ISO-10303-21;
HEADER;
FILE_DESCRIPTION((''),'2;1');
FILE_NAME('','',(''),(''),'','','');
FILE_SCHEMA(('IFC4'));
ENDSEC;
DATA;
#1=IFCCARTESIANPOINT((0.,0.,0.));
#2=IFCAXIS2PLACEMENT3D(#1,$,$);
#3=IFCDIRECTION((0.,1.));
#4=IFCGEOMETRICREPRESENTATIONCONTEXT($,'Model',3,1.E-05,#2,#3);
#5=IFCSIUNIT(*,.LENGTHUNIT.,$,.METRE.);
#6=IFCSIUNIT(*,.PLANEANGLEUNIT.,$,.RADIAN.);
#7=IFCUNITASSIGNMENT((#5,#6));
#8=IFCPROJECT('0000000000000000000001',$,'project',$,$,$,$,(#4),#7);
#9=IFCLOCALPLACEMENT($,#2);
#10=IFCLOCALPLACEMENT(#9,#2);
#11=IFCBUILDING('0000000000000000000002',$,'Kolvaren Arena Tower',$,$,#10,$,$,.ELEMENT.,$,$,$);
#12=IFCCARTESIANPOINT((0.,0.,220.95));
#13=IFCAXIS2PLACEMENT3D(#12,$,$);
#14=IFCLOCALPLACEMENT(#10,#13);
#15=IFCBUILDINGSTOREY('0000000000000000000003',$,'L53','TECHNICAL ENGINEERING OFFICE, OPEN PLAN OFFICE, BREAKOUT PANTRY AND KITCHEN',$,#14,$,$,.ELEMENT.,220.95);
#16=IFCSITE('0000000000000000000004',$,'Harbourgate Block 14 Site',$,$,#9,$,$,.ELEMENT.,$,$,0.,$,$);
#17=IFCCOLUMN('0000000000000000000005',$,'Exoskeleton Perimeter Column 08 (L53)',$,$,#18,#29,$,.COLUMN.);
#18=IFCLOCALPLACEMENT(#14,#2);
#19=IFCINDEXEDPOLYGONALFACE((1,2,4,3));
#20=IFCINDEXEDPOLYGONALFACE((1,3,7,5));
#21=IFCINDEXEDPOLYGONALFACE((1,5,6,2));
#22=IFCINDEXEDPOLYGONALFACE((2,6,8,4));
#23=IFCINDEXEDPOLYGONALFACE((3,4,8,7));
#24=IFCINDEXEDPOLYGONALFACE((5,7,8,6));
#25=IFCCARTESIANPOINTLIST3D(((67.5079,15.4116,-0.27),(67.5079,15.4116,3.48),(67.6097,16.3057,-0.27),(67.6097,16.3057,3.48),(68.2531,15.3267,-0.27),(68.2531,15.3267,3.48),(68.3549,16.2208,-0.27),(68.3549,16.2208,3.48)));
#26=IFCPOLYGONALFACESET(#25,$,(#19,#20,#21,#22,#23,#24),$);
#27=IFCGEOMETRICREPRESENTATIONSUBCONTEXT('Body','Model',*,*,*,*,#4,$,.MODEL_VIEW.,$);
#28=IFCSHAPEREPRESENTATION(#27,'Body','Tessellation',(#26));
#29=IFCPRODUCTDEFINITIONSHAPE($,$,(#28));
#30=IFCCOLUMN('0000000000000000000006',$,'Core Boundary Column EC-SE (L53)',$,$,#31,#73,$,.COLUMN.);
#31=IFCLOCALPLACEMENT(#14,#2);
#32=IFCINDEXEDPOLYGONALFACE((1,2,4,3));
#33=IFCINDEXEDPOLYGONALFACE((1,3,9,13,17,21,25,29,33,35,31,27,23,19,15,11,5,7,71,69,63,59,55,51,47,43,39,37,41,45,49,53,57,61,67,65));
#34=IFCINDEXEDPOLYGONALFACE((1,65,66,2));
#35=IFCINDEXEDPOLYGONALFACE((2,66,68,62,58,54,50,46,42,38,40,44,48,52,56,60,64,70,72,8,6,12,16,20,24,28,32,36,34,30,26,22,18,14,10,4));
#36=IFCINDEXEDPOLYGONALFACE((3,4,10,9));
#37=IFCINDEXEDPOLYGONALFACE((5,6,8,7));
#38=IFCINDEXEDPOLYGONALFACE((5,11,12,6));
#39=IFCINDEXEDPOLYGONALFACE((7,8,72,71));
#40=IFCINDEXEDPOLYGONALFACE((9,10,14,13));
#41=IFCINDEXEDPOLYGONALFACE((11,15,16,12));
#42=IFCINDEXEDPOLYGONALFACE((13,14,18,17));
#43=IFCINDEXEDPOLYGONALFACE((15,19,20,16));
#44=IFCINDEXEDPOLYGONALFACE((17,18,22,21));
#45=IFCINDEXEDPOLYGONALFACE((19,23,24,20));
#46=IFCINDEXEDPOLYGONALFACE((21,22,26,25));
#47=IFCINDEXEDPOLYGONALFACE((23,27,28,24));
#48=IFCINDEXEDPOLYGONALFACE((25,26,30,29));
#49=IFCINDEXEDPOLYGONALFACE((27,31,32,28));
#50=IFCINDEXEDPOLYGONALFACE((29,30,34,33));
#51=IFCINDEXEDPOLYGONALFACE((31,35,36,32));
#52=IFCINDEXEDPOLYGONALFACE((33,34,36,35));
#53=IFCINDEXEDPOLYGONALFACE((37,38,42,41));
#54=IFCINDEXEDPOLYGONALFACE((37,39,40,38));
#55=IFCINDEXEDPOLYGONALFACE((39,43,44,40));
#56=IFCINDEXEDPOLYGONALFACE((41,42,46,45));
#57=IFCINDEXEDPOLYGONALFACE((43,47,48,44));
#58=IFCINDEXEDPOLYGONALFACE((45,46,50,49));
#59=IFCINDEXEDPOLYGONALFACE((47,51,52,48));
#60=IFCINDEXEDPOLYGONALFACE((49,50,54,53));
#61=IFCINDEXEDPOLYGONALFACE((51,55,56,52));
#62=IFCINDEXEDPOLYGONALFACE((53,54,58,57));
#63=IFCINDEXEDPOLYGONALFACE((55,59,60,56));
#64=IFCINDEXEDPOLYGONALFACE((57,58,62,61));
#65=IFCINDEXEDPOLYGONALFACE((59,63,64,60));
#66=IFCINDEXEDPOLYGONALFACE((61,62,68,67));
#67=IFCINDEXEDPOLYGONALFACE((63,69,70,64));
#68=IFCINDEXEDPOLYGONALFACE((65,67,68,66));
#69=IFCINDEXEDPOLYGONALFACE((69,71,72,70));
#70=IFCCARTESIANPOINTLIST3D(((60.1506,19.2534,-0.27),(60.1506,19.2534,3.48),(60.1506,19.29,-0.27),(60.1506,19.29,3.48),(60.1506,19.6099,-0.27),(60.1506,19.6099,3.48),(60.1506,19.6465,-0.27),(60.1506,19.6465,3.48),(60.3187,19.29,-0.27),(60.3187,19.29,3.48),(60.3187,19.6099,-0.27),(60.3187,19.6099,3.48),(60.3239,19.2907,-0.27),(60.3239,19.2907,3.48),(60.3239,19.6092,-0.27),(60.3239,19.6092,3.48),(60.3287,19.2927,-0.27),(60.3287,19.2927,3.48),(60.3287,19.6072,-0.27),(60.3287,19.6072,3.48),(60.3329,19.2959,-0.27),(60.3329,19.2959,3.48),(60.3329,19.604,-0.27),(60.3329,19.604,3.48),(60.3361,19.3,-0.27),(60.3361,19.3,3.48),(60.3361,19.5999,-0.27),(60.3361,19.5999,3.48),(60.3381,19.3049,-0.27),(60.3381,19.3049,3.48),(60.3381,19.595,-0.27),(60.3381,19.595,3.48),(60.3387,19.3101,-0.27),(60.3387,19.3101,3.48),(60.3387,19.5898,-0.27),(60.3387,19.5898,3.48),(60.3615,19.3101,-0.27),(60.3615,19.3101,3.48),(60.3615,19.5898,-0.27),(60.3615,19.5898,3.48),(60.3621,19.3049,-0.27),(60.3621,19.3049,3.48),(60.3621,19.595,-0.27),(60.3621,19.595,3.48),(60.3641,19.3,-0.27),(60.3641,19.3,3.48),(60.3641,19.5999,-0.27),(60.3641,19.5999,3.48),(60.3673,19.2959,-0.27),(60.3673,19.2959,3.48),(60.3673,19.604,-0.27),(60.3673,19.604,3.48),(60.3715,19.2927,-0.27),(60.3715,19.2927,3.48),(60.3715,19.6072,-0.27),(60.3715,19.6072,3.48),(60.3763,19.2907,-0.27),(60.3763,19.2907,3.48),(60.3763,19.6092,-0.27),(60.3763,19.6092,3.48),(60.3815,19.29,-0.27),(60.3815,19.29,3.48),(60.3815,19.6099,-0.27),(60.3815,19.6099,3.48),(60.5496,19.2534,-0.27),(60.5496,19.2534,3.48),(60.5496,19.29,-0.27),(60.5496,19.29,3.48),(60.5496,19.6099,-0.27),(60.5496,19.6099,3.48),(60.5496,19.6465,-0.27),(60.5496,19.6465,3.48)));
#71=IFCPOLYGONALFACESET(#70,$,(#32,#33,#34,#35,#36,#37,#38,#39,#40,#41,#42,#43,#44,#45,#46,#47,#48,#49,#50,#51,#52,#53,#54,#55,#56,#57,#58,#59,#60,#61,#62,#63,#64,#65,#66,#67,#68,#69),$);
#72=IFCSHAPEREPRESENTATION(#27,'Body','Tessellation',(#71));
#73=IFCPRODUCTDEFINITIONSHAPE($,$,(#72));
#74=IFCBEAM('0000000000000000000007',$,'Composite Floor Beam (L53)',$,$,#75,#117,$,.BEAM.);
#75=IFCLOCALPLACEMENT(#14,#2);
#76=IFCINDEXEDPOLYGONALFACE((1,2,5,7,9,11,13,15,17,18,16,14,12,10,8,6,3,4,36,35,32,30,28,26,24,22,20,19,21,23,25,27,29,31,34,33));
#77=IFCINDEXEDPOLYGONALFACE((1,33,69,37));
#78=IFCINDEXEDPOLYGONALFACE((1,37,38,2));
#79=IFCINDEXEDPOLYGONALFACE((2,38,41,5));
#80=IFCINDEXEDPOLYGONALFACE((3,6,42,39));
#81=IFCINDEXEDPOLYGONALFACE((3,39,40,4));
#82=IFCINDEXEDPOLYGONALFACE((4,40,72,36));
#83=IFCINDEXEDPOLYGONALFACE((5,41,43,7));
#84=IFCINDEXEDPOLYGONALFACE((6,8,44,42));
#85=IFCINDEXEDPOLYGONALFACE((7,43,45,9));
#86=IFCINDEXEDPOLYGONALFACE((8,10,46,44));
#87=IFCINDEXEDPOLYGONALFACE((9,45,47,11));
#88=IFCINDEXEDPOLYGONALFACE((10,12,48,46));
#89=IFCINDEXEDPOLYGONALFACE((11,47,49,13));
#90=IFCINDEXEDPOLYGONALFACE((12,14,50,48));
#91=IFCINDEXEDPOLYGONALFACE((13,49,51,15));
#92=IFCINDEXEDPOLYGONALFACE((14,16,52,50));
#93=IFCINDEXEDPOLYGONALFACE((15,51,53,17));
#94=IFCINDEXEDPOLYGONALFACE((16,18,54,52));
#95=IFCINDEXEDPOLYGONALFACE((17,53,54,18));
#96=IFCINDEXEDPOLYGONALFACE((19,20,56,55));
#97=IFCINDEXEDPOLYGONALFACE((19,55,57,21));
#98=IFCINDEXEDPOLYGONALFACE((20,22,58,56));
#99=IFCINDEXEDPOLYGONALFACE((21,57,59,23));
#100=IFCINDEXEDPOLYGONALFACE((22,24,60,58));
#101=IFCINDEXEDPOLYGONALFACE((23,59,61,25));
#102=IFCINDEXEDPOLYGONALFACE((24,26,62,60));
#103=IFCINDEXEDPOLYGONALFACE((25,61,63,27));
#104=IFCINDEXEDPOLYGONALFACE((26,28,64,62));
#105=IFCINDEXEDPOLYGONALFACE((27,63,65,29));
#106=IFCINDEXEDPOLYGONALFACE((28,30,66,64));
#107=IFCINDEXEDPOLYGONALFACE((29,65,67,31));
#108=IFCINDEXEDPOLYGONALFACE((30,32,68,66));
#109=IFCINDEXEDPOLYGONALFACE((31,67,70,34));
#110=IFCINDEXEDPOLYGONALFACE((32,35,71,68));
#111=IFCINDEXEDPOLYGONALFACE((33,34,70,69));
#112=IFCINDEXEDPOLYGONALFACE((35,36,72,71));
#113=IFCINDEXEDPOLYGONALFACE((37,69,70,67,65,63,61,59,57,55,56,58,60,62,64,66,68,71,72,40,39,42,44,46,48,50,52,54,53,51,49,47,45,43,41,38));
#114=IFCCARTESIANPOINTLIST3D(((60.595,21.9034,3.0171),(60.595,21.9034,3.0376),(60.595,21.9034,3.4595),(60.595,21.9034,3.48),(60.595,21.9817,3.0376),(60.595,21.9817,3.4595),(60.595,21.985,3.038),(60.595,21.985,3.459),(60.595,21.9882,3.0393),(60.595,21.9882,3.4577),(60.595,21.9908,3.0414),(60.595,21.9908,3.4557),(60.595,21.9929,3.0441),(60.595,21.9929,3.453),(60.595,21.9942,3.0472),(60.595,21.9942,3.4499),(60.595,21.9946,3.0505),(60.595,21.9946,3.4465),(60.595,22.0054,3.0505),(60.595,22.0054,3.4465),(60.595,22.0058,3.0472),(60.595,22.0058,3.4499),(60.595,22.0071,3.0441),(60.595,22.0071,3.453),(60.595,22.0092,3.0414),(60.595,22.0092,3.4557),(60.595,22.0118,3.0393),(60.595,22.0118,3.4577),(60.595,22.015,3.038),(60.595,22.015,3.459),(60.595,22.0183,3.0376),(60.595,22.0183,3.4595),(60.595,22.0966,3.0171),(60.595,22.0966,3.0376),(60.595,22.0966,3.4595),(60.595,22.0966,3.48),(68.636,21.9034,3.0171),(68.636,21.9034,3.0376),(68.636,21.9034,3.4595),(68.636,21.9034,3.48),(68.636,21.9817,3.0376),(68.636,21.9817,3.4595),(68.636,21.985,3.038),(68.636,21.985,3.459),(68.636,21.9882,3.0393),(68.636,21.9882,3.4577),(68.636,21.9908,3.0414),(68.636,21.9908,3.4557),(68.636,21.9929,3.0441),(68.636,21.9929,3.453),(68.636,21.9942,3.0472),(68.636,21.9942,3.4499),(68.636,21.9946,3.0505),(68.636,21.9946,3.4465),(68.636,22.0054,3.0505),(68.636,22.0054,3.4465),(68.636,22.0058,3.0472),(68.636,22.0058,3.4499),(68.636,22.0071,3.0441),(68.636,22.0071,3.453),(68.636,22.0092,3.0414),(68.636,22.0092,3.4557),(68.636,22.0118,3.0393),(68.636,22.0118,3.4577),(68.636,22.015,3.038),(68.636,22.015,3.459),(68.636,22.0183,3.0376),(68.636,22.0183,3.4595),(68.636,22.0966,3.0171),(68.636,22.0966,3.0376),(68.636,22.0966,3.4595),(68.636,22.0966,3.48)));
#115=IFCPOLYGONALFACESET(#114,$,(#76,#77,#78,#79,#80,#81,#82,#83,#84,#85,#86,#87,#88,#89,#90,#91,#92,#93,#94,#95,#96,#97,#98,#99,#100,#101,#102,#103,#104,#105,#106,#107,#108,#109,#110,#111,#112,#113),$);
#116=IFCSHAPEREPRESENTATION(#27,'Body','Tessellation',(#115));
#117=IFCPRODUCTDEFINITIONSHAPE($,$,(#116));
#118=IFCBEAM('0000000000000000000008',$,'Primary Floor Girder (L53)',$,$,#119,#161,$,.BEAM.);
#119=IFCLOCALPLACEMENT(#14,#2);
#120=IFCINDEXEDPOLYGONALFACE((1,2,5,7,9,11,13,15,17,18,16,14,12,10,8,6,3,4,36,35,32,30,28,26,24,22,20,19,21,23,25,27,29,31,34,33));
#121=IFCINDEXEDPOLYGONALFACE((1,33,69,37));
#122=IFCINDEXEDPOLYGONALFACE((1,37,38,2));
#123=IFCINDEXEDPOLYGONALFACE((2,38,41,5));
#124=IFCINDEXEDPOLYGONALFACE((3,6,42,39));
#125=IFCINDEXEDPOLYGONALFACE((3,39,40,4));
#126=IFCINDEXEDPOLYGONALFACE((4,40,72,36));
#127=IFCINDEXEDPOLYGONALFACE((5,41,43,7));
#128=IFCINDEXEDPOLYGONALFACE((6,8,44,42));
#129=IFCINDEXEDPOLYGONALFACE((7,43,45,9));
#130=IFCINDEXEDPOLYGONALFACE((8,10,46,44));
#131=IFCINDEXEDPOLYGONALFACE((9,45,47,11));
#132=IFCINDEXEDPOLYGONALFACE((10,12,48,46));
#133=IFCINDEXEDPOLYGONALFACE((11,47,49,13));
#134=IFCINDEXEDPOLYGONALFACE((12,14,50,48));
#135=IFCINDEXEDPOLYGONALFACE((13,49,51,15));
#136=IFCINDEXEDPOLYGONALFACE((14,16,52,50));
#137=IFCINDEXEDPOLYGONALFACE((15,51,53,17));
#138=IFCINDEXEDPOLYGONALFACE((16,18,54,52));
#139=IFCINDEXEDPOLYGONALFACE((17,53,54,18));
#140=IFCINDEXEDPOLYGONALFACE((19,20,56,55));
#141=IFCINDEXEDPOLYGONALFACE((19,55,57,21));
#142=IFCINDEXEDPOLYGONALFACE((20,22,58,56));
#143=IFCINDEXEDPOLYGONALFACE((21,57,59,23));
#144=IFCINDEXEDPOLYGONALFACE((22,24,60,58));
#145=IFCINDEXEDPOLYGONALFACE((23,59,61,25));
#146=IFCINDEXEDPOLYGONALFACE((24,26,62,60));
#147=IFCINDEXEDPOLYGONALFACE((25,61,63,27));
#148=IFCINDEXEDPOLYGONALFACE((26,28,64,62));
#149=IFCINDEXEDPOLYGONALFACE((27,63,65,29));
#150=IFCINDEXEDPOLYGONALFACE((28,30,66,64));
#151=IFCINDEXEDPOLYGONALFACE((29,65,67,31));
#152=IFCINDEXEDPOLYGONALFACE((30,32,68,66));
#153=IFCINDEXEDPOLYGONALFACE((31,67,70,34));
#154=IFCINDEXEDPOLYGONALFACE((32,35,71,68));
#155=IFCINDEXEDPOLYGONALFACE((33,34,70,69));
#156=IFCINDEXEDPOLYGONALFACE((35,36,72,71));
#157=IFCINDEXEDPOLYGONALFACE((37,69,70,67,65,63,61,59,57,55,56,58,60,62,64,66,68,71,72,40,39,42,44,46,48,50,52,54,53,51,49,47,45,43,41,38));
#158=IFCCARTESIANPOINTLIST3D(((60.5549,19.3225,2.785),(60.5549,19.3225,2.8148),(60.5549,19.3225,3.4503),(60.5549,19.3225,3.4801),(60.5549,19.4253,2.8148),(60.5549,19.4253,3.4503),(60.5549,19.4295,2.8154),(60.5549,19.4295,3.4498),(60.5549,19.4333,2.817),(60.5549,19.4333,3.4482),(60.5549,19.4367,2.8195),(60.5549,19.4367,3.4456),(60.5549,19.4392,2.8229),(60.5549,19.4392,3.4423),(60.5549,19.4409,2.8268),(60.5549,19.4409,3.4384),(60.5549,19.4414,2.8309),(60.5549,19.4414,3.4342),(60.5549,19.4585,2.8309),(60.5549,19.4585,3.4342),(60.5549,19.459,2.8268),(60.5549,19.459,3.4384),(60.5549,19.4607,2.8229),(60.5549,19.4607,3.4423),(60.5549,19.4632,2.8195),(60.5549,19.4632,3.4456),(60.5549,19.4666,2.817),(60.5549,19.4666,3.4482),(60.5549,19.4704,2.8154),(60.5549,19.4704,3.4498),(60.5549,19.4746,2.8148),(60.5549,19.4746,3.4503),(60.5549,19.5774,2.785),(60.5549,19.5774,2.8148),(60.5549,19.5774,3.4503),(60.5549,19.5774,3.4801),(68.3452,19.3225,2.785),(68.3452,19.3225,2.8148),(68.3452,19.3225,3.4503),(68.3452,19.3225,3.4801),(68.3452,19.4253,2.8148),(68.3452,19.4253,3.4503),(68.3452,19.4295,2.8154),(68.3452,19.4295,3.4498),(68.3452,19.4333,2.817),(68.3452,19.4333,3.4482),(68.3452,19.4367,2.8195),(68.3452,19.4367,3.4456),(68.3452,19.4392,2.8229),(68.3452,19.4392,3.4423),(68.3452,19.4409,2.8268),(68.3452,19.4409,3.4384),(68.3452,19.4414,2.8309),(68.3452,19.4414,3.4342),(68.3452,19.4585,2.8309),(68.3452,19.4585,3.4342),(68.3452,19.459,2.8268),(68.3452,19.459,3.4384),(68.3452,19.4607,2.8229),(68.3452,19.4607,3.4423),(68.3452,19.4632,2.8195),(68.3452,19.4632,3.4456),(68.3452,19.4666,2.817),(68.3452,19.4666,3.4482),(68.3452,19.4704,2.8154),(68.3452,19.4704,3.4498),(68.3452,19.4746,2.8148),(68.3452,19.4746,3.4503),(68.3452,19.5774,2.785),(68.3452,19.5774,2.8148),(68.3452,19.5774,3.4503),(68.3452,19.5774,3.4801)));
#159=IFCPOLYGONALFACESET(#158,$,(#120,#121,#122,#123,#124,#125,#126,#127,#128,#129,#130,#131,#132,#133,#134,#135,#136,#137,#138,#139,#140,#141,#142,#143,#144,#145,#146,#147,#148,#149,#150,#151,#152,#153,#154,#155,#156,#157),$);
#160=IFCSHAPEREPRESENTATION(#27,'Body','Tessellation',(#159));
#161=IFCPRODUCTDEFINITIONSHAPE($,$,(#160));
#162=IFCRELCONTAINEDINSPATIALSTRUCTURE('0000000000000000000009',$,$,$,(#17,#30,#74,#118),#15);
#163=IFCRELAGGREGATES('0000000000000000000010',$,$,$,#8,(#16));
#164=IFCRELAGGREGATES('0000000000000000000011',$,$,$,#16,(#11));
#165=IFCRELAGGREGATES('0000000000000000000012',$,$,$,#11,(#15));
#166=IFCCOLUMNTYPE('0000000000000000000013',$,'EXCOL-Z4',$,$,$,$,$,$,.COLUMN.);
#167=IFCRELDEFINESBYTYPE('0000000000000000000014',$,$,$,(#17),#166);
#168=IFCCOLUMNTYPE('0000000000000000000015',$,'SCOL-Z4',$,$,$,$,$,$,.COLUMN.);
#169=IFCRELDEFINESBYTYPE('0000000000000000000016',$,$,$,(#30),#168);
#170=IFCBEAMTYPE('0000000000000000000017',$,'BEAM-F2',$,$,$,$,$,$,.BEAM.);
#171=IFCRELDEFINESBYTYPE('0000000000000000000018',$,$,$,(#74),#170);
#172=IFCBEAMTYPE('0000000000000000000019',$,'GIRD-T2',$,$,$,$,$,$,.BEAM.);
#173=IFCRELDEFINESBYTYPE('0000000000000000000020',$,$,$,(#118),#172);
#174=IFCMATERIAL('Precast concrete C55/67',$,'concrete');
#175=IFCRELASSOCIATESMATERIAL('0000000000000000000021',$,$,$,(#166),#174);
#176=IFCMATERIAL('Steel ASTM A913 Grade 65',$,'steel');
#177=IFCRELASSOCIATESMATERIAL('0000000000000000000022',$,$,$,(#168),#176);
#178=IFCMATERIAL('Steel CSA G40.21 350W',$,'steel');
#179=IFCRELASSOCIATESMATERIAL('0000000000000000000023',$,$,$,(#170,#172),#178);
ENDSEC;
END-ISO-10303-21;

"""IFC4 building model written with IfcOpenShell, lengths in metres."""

from ifc_helpers import new_model, si_unit, direction, frame, origin, origin_2d, place, context, subcontext, project, spatial, rectangle, i_section, extrude, material, material_profile, profile_set, type_object, element, save


model = new_model("IFC4")

# Units and contexts
model_context = context("Model", 3, precision=1e-05, world=origin(), true_north=direction((0.0, 1.0)))
body_context = subcontext(model_context, "Body", "Model", "MODEL_VIEW")
ifc_project = project(units=[si_unit("LENGTHUNIT", "METRE"), si_unit("PLANEANGLEUNIT", "RADIAN")], contexts=[model_context])

# Site, building, storey
site_placement = place(None, origin())
site = spatial("IfcSite", under=ifc_project, at=site_placement, Name="Harbourgate Block 14 Site", CompositionType="ELEMENT", RefElevation=0.0)
building_placement = place(site_placement, origin())
building = spatial("IfcBuilding", under=site, at=building_placement, Name="Kolvaren Arena Tower", CompositionType="ELEMENT")
storey_placement = place(building_placement, frame((0.0, 0.0, 220.95)))
storey = spatial("IfcBuildingStorey", under=building, at=storey_placement, Name="L53", Description="TECHNICAL ENGINEERING OFFICE, OPEN PLAN OFFICE, BREAKOUT PANTRY AND KITCHEN", CompositionType="ELEMENT", Elevation=220.95)

# Columns
ifc_material_1 = material(Name="Precast concrete C55/67", Category="concrete")
ifc_material_profile_1 = material_profile(ifc_material_1, rectangle(XDim=0.8999, YDim=0.75, at=origin_2d()), Name="RC-900x750")
ifc_profile_set_1 = profile_set([ifc_material_profile_1], Name="Precast concrete C55/67")
column_type_1 = type_object("IfcColumnType", Name="EXCOL-Z4", PredefinedType="COLUMN", material=ifc_profile_set_1)
column_1_placement = place(storey_placement, frame((67.9314, 15.8162, -0.27), z_axis=(0.0, 0.0, 1.0), x_axis=(0.113203, 0.993572, 0.0)))
element("IfcColumn", 1, at=column_1_placement, inside=storey, type_object=column_type_1, Name="Exoskeleton Perimeter Column 08 (L53)", PredefinedType="COLUMN", context=body_context, shape_type="SweptSolid", body=[
    extrude(rectangle(XDim=0.8999, YDim=0.75, at=origin_2d()), origin(), (0.0, 0.0, 1.0), 3.75),
])
ifc_material_2 = material(Name="Steel ASTM A913 Grade 65", Category="steel")
ifc_material_profile_2 = material_profile(ifc_material_2, i_section(OverallWidth=0.3989, OverallDepth=0.3931, WebThickness=0.0227, FlangeThickness=0.0366, FilletRadius=0.02, at=origin_2d()), Name="W360x287")
ifc_profile_set_2 = profile_set([ifc_material_profile_2], Name="Steel ASTM A913 Grade 65")
column_type_2 = type_object("IfcColumnType", Name="SCOL-Z4", PredefinedType="COLUMN", material=ifc_profile_set_2)
column_2_placement = place(storey_placement, frame((60.3501, 19.45, -0.27), z_axis=(0.0, 0.0, 1.0), x_axis=(1.0, 0.0, 0.0)))
element("IfcColumn", 2, at=column_2_placement, inside=storey, type_object=column_type_2, Name="Core Boundary Column EC-SE (L53)", PredefinedType="COLUMN", context=body_context, shape_type="SweptSolid", body=[
    extrude(i_section(OverallWidth=0.3989, OverallDepth=0.3931, WebThickness=0.0227, FlangeThickness=0.0366, FilletRadius=0.02, at=origin_2d()), origin(), (0.0, 0.0, 1.0), 3.75),
])

# Beams
ifc_material_3 = material(Name="Steel CSA G40.21 350W", Category="steel")
ifc_material_profile_3 = material_profile(ifc_material_3, i_section(OverallWidth=0.1931, OverallDepth=0.4629, WebThickness=0.0107, FlangeThickness=0.0205, FilletRadius=0.0129, at=origin_2d()), Name="W460x113")
ifc_profile_set_3 = profile_set([ifc_material_profile_3], Name="Steel CSA G40.21 350W")
beam_type_1 = type_object("IfcBeamType", Name="BEAM-F2", PredefinedType="BEAM", material=ifc_profile_set_3)
beam_1_placement = place(storey_placement, frame((60.595, 22.0, 3.2485), z_axis=(1.0, 0.0, 0.0), x_axis=(0.0, 1.0, 0.0)))
element("IfcBeam", 3, at=beam_1_placement, inside=storey, type_object=beam_type_1, Name="Composite Floor Beam (L53)", PredefinedType="BEAM", context=body_context, shape_type="SweptSolid", body=[
    extrude(i_section(OverallWidth=0.1931, OverallDepth=0.4629, WebThickness=0.0107, FlangeThickness=0.0205, FilletRadius=0.0129, at=origin_2d()), origin(), (0.0, 0.0, 1.0), 8.041),
])
ifc_material_profile_4 = material_profile(ifc_material_3, i_section(OverallWidth=0.2549, OverallDepth=0.6951, WebThickness=0.0171, FlangeThickness=0.0298, FilletRadius=0.0161, at=origin_2d()), Name="W690x217")
ifc_profile_set_4 = profile_set([ifc_material_profile_4], Name="Steel CSA G40.21 350W")
beam_type_2 = type_object("IfcBeamType", Name="GIRD-T2", PredefinedType="BEAM", material=ifc_profile_set_4)
beam_2_placement = place(storey_placement, frame((60.5549, 19.45, 3.1326), z_axis=(1.0, 0.0, 0.0), x_axis=(0.0, 1.0, 0.0)))
element("IfcBeam", 4, at=beam_2_placement, inside=storey, type_object=beam_type_2, Name="Primary Floor Girder (L53)", PredefinedType="BEAM", context=body_context, shape_type="SweptSolid", body=[
    extrude(i_section(OverallWidth=0.2549, OverallDepth=0.6951, WebThickness=0.0171, FlangeThickness=0.0298, FilletRadius=0.0161, at=origin_2d()), origin(), (0.0, 0.0, 1.0), 7.7903),
])

save(model, "model.ifc")
